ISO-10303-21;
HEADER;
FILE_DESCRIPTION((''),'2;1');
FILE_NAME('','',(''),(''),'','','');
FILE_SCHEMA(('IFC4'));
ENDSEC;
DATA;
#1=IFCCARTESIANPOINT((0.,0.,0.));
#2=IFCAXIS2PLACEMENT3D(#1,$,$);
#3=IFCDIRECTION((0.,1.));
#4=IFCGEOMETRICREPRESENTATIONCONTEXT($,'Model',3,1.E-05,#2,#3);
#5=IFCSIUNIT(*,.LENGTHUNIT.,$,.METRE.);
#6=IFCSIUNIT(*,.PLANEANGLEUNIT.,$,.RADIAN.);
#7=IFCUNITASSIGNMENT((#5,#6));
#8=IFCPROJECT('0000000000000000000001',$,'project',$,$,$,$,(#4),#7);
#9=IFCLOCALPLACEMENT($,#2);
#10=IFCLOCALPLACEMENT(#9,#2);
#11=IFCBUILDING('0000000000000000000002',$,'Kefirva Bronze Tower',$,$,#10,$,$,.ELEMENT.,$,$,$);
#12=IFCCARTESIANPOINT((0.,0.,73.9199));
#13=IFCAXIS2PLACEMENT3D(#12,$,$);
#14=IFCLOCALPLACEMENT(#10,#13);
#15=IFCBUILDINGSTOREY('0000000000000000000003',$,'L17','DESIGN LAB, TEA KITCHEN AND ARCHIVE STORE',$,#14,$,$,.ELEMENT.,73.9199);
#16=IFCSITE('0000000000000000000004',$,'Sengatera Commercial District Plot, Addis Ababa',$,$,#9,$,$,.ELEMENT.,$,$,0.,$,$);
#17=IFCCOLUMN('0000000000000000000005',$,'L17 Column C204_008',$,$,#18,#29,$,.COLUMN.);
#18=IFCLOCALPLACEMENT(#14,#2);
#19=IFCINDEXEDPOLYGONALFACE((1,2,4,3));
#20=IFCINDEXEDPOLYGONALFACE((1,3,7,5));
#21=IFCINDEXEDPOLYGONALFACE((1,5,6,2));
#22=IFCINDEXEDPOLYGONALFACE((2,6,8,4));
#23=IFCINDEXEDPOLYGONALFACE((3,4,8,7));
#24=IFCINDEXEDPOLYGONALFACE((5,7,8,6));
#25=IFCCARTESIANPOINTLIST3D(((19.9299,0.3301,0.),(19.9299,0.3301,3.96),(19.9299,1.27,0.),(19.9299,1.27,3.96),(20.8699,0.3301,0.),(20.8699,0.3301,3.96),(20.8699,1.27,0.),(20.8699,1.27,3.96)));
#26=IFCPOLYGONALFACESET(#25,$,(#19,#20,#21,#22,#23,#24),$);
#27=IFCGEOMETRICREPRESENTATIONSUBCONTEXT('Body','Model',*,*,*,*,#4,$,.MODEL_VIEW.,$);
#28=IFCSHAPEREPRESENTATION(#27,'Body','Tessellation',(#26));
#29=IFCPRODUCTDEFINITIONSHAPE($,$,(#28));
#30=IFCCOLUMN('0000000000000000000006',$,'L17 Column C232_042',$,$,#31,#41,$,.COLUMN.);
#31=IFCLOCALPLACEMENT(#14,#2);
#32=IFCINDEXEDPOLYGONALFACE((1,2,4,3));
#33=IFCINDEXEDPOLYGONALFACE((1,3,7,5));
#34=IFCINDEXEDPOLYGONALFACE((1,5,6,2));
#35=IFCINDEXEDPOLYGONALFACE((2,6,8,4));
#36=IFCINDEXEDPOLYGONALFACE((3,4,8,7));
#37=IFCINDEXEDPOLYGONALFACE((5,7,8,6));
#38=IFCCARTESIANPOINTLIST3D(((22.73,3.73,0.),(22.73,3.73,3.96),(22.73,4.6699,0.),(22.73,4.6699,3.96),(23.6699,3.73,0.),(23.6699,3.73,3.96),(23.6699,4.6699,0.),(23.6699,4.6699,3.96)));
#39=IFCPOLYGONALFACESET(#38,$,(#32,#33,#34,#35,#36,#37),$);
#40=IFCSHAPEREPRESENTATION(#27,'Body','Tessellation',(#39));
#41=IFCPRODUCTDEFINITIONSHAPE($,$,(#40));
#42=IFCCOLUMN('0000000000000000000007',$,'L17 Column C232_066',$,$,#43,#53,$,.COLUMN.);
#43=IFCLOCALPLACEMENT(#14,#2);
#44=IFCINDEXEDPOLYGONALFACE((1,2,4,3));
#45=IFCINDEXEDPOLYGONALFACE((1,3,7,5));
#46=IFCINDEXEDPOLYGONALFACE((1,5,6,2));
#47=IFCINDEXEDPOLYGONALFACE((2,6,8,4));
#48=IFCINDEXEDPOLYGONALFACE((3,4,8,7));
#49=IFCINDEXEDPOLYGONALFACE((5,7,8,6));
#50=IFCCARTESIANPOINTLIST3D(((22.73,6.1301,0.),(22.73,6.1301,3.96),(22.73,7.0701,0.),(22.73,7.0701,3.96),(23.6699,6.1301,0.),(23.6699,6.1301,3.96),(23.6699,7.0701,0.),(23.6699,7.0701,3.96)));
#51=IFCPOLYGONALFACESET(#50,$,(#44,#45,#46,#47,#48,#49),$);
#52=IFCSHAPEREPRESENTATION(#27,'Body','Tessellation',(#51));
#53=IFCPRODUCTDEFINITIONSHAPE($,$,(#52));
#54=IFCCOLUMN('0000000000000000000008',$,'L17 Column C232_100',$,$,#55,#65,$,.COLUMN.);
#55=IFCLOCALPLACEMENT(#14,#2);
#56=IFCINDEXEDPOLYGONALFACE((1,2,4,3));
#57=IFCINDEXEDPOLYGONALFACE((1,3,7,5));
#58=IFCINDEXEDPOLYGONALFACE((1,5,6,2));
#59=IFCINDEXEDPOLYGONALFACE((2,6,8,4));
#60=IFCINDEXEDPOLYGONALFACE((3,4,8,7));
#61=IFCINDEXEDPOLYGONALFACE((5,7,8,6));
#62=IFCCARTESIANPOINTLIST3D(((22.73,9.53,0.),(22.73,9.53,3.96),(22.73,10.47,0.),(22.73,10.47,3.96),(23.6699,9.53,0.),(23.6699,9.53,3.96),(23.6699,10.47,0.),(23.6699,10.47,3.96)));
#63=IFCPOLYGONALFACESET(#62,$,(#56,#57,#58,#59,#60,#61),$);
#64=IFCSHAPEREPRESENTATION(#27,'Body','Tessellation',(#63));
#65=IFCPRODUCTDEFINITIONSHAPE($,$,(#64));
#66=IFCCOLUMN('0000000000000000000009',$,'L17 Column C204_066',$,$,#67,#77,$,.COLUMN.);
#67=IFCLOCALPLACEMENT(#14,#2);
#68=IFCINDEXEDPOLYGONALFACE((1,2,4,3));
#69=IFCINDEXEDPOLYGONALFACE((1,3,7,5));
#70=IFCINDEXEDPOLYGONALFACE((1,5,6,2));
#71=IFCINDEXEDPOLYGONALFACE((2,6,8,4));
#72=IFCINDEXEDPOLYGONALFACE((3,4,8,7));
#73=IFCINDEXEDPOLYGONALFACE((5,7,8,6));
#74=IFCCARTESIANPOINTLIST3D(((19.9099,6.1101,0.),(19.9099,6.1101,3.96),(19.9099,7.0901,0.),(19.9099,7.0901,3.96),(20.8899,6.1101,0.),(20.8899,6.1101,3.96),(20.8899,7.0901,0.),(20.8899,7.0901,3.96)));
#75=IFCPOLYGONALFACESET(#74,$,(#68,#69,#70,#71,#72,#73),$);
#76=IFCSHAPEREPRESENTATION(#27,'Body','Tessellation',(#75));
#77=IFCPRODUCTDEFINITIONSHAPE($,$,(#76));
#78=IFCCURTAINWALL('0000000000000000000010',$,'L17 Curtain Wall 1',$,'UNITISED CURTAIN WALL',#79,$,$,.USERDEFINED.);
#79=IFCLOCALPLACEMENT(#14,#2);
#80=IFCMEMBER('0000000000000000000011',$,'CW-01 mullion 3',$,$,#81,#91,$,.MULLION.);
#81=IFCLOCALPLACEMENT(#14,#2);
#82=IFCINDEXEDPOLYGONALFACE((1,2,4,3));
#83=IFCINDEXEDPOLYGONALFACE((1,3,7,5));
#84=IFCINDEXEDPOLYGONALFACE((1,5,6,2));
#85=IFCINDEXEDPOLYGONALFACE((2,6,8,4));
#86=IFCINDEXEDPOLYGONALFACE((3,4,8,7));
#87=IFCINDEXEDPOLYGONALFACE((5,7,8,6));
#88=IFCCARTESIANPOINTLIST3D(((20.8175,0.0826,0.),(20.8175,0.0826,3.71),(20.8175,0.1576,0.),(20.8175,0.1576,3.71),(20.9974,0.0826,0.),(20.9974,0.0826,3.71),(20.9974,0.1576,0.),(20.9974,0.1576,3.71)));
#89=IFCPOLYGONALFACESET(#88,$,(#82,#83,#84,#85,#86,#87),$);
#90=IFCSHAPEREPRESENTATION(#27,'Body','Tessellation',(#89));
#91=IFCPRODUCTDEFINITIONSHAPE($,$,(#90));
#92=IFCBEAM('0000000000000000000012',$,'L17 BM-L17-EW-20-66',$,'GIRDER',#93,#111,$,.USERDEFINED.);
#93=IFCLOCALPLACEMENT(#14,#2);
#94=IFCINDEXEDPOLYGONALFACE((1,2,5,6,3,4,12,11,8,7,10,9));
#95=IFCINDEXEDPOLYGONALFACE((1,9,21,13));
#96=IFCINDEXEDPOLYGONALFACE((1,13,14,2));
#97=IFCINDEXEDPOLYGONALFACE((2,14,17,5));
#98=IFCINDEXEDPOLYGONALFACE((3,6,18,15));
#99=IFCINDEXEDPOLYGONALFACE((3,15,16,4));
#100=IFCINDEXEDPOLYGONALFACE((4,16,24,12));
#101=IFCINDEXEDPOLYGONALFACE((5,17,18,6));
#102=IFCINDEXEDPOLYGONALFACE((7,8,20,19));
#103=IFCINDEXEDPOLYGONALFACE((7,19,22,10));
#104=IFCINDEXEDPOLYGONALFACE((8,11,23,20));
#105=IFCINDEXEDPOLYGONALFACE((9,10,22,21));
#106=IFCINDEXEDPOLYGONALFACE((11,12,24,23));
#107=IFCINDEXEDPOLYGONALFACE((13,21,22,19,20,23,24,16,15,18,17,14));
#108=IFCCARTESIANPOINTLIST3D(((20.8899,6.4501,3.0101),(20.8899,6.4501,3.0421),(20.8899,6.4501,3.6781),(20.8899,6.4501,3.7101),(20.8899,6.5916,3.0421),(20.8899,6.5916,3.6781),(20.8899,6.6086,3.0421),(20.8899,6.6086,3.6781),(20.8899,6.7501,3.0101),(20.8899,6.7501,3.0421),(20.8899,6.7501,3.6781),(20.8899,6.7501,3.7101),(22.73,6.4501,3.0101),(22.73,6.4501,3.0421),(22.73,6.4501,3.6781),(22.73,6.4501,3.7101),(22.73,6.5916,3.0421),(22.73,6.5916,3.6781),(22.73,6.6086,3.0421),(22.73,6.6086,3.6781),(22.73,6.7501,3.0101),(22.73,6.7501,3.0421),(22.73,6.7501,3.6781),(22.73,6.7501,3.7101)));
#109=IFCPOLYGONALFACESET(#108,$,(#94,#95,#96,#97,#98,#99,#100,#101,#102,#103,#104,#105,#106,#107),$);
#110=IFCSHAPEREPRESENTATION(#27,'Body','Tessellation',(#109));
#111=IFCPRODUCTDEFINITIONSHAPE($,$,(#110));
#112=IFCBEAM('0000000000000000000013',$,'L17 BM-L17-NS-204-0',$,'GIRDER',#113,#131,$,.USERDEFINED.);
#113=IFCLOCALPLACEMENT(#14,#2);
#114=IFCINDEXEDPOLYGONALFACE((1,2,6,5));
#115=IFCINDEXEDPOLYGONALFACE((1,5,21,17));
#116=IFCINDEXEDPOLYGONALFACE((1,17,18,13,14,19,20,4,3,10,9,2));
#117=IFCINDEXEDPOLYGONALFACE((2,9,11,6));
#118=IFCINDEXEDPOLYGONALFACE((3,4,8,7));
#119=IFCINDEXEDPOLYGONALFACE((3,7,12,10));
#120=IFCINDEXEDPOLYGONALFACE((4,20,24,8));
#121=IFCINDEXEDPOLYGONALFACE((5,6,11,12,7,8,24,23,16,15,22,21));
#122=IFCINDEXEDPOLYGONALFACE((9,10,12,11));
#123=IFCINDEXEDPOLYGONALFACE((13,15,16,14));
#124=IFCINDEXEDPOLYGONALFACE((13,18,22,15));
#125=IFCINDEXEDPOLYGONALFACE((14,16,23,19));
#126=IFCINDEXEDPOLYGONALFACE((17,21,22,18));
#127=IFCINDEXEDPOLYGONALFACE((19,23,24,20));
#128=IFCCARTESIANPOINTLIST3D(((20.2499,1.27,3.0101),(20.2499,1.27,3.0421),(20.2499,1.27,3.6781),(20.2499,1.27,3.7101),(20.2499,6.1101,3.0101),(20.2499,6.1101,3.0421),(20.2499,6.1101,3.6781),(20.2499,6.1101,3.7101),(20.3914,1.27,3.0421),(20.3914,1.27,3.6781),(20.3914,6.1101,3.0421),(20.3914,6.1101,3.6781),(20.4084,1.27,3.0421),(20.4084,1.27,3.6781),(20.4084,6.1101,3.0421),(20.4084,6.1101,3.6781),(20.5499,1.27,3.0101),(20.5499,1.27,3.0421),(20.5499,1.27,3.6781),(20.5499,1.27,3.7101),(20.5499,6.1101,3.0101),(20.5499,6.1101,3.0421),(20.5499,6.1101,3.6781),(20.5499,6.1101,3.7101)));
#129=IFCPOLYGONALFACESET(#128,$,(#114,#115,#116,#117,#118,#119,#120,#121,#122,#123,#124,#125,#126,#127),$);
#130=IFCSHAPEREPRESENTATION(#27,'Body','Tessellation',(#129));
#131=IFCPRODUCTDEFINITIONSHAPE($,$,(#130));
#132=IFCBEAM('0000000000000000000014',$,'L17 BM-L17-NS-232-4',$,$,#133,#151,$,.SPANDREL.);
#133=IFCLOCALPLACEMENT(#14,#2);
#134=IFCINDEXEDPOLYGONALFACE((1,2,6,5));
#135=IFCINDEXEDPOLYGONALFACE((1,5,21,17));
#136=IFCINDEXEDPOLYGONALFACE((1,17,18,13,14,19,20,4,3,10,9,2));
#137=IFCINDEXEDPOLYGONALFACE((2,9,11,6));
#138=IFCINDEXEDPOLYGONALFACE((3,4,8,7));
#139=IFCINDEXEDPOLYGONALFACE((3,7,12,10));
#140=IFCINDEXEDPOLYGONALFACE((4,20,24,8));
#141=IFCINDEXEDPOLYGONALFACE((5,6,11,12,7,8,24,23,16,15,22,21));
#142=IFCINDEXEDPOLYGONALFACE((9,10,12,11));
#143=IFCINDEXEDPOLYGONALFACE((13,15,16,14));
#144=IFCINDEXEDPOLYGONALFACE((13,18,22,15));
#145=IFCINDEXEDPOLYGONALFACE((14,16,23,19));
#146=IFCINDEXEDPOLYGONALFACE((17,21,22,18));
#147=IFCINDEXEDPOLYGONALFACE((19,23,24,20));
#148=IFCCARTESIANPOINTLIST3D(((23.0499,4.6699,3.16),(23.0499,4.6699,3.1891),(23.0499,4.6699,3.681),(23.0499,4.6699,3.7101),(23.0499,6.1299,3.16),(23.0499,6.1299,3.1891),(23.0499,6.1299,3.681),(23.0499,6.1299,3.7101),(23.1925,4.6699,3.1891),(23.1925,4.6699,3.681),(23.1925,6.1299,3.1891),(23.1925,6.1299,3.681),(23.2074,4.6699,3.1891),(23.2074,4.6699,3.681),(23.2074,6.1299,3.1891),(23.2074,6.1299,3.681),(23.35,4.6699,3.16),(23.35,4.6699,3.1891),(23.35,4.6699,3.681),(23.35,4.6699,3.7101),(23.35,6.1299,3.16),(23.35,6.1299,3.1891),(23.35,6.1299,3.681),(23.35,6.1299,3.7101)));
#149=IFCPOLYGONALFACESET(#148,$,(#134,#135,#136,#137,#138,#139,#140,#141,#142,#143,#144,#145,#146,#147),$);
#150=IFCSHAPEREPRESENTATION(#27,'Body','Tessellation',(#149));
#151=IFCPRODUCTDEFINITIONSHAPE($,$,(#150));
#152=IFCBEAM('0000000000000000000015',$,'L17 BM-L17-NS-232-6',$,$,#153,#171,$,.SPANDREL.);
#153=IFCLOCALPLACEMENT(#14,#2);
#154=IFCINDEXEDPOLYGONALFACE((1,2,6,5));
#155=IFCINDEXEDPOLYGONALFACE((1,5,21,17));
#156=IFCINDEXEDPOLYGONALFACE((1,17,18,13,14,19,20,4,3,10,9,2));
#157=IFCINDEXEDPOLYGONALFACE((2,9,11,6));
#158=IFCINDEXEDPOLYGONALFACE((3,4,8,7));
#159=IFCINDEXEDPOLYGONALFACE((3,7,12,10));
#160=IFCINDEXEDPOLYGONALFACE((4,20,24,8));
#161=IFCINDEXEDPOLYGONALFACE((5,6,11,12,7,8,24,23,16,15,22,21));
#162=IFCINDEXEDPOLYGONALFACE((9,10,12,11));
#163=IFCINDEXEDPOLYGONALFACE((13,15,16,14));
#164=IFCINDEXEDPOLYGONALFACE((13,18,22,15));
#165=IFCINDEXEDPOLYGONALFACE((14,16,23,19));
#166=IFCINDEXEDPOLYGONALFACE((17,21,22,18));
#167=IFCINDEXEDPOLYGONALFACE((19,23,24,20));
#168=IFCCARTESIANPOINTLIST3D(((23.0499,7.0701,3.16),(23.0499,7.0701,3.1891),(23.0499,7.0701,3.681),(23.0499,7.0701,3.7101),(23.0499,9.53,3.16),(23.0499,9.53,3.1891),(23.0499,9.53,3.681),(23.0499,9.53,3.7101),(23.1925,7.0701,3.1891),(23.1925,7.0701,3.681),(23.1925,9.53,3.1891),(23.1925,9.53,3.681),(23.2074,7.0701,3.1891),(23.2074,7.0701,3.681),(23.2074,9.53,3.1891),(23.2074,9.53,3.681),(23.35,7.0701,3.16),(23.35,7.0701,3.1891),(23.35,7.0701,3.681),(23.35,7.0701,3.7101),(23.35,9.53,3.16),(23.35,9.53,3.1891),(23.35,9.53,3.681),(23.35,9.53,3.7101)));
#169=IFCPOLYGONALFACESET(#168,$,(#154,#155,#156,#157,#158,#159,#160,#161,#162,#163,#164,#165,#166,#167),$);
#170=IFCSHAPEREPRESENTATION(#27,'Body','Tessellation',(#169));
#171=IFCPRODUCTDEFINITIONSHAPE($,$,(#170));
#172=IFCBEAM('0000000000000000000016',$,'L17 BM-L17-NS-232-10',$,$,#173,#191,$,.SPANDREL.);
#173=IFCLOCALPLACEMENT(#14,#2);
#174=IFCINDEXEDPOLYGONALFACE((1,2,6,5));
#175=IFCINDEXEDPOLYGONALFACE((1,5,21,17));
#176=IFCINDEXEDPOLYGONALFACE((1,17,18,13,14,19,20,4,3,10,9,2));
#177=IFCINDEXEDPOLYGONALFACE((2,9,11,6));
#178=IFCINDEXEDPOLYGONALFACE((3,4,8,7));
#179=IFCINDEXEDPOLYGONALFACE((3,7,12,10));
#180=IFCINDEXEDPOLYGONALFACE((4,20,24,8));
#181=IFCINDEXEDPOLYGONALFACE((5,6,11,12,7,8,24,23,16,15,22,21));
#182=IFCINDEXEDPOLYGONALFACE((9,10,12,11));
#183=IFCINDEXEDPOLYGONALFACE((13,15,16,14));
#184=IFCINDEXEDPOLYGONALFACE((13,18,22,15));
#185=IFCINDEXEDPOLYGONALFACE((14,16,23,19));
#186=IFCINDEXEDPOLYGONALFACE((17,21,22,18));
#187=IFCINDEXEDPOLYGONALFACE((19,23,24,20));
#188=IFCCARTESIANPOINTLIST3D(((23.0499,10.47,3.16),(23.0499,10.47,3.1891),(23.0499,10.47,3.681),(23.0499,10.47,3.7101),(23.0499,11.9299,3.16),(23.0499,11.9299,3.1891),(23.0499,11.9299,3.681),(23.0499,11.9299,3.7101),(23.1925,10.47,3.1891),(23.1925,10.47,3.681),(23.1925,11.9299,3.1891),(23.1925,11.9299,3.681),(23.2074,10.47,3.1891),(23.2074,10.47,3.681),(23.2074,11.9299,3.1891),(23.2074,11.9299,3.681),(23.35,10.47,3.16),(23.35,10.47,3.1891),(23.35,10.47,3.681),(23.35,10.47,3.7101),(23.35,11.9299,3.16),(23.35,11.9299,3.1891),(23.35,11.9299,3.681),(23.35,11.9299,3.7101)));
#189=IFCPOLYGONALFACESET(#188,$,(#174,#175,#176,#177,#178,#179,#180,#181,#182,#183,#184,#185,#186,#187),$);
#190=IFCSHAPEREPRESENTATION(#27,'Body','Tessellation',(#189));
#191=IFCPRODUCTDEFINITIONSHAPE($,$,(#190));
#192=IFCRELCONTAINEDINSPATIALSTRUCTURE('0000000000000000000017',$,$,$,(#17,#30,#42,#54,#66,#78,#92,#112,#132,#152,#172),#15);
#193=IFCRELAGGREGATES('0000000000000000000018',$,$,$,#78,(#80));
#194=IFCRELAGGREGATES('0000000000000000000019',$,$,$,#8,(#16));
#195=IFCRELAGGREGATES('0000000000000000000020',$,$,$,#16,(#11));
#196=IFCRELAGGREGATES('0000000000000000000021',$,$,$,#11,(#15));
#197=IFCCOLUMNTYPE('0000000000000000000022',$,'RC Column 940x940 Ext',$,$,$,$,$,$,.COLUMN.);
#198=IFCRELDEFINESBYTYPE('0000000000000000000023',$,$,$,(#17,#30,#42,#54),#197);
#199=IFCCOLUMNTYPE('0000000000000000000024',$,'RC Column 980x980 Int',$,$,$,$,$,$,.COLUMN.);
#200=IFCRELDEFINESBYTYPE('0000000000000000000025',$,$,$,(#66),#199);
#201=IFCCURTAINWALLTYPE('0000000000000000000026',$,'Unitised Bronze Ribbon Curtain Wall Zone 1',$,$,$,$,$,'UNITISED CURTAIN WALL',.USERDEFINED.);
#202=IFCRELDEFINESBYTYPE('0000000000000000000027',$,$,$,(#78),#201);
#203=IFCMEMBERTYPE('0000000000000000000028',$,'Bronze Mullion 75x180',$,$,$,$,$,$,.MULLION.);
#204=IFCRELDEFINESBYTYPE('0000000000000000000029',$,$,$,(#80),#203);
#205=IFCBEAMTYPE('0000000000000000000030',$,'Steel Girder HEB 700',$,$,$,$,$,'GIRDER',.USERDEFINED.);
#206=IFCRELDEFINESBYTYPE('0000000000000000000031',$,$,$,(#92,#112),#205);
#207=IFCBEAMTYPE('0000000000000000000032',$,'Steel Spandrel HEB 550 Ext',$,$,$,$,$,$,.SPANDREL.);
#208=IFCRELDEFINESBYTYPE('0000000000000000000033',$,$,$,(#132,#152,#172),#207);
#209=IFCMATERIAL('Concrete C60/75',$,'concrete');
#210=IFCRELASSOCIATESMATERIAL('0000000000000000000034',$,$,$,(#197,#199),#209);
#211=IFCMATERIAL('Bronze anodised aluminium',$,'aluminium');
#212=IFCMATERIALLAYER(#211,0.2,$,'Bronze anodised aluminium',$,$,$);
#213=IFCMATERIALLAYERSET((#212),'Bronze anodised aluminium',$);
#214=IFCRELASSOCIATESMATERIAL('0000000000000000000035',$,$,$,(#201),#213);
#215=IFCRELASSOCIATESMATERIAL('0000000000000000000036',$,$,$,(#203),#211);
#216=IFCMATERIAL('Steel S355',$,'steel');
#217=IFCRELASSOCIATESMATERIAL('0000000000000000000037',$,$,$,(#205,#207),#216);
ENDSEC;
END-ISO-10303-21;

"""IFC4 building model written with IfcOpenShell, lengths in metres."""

from ifc_helpers import new_model, si_unit, direction, frame, origin, origin_2d, place, context, subcontext, project, spatial, rectangle, i_section, extrude, material, layer, layer_set, material_profile, profile_set, type_object, element, aggregate, save


model = new_model("IFC4")

# Units and contexts
model_context = context("Model", 3, precision=1e-05, world=origin(), true_north=direction((0.0, 1.0)))
body_context = subcontext(model_context, "Body", "Model", "MODEL_VIEW")
ifc_project = project(units=[si_unit("LENGTHUNIT", "METRE"), si_unit("PLANEANGLEUNIT", "RADIAN")], contexts=[model_context])

# Site, building, storey
site_placement = place(None, origin())
site = spatial("IfcSite", under=ifc_project, at=site_placement, Name="Sengatera Commercial District Plot, Addis Ababa", CompositionType="ELEMENT", RefElevation=0.0)
building_placement = place(site_placement, origin())
building = spatial("IfcBuilding", under=site, at=building_placement, Name="Kefirva Bronze Tower", CompositionType="ELEMENT")
storey_placement = place(building_placement, frame((0.0, 0.0, 73.9199)))
storey = spatial("IfcBuildingStorey", under=building, at=storey_placement, Name="L17", Description="DESIGN LAB, TEA KITCHEN AND ARCHIVE STORE", CompositionType="ELEMENT", Elevation=73.9199)

# Columns
ifc_material_1 = material(Name="Concrete C60/75", Category="concrete")
ifc_material_profile_1 = material_profile(ifc_material_1, rectangle(XDim=0.9399, YDim=0.9399, at=origin_2d()), Name="RC 940x940")
ifc_profile_set_1 = profile_set([ifc_material_profile_1], Name="Concrete C60/75")
column_type_1 = type_object("IfcColumnType", Name="RC Column 940x940 Ext", PredefinedType="COLUMN", material=ifc_profile_set_1)
for number, where, z_axis, x_axis, name in (
    (1, (20.3999, 0.8, 0.0), (0.0, 0.0, 1.0), (1.0, 0.0, 0.0), "L17 Column C204_008"),
    (2, (23.2, 4.2, 0.0), (0.0, 0.0, 1.0), (1.0, 0.0, 0.0), "L17 Column C232_042"),
    (3, (23.2, 6.6001, 0.0), (0.0, 0.0, 1.0), (1.0, 0.0, 0.0), "L17 Column C232_066"),
    (4, (23.2, 10.0, 0.0), (0.0, 0.0, 1.0), (1.0, 0.0, 0.0), "L17 Column C232_100"),
):
    element("IfcColumn", number, at=place(storey_placement, frame(where, z_axis=z_axis, x_axis=x_axis)), inside=storey, type_object=column_type_1, Name=name, PredefinedType="COLUMN", context=body_context, shape_type="SweptSolid", body=[
        extrude(rectangle(XDim=0.9399, YDim=0.9399, at=origin_2d()), origin(), (0.0, 0.0, 1.0), 3.96),
    ])
ifc_material_profile_2 = material_profile(ifc_material_1, rectangle(XDim=0.98, YDim=0.98, at=origin_2d()), Name="RC 980x980")
ifc_profile_set_2 = profile_set([ifc_material_profile_2], Name="Concrete C60/75")
column_type_2 = type_object("IfcColumnType", Name="RC Column 980x980 Int", PredefinedType="COLUMN", material=ifc_profile_set_2)
column_placement = place(storey_placement, frame((20.3999, 6.6001, 0.0), z_axis=(0.0, 0.0, 1.0), x_axis=(1.0, 0.0, 0.0)))
element("IfcColumn", 5, at=column_placement, inside=storey, type_object=column_type_2, Name="L17 Column C204_066", PredefinedType="COLUMN", context=body_context, shape_type="SweptSolid", body=[
    extrude(rectangle(XDim=0.98, YDim=0.98, at=origin_2d()), origin(), (0.0, 0.0, 1.0), 3.96),
])

# Curtain wall, member
ifc_material_2 = material(Name="Bronze anodised aluminium", Category="aluminium")
ifc_layer_1 = layer(ifc_material_2, 0.2, Name="Bronze anodised aluminium")
ifc_layer_set_1 = layer_set([ifc_layer_1], Name="Bronze anodised aluminium")
curtain_wall_type = type_object("IfcCurtainWallType", Name="Unitised Bronze Ribbon Curtain Wall Zone 1", ElementType="UNITISED CURTAIN WALL", PredefinedType="USERDEFINED", material=ifc_layer_set_1)
curtain_wall_placement = place(storey_placement, origin())
curtain_wall = element("IfcCurtainWall", 6, at=curtain_wall_placement, inside=storey, type_object=curtain_wall_type, Name="L17 Curtain Wall 1", ObjectType="UNITISED CURTAIN WALL", PredefinedType="USERDEFINED")
ifc_material_profile_3 = material_profile(ifc_material_2, rectangle(XDim=0.075, YDim=0.1799, at=origin_2d()), Name="ALU 75x180")
ifc_profile_set_3 = profile_set([ifc_material_profile_3], Name="Bronze anodised aluminium")
member_type = type_object("IfcMemberType", Name="Bronze Mullion 75x180", PredefinedType="MULLION", material=ifc_profile_set_3)
member_placement = place(storey_placement, frame((20.9075, 0.1201, 0.0), z_axis=(0.0, 0.0, 1.0), x_axis=(0.0, 1.0, 0.0)))
member = element("IfcMember", 7, at=member_placement, type_object=member_type, Name="CW-01 mullion 3", PredefinedType="MULLION", context=body_context, shape_type="SweptSolid", body=[
    extrude(rectangle(XDim=0.075, YDim=0.1799, at=origin_2d()), origin(), (0.0, 0.0, 1.0), 3.71),
])
aggregate(curtain_wall, [member])

# Beams
ifc_material_3 = material(Name="Steel S355", Category="steel")
ifc_material_profile_4 = material_profile(ifc_material_3, i_section(OverallWidth=0.3, OverallDepth=0.7, WebThickness=0.0171, FlangeThickness=0.032, at=origin_2d()), Name="HEB 700")
ifc_profile_set_4 = profile_set([ifc_material_profile_4], Name="Steel S355")
beam_type_1 = type_object("IfcBeamType", Name="Steel Girder HEB 700", ElementType="GIRDER", PredefinedType="USERDEFINED", material=ifc_profile_set_4)
beam_1_placement = place(storey_placement, frame((20.8899, 6.6001, 3.3601), z_axis=(1.0, 0.0, 0.0), x_axis=(0.0, 1.0, 0.0)))
element("IfcBeam", 8, at=beam_1_placement, inside=storey, type_object=beam_type_1, Name="L17 BM-L17-EW-20-66", ObjectType="GIRDER", PredefinedType="USERDEFINED", context=body_context, shape_type="SweptSolid", body=[
    extrude(i_section(OverallWidth=0.3, OverallDepth=0.7, WebThickness=0.0171, FlangeThickness=0.032, at=origin_2d()), origin(), (0.0, 0.0, 1.0), 1.8401),
])
beam_2_placement = place(storey_placement, frame((20.3999, 1.27, 3.3601), z_axis=(0.0, 1.0, 0.0), x_axis=(-1.0, 0.0, 0.0)))
element("IfcBeam", 9, at=beam_2_placement, inside=storey, type_object=beam_type_1, Name="L17 BM-L17-NS-204-0", ObjectType="GIRDER", PredefinedType="USERDEFINED", context=body_context, shape_type="SweptSolid", body=[
    extrude(i_section(OverallWidth=0.3, OverallDepth=0.7, WebThickness=0.0171, FlangeThickness=0.032, at=origin_2d()), origin(), (0.0, 0.0, 1.0), 4.8401),
])
ifc_material_profile_5 = material_profile(ifc_material_3, i_section(OverallWidth=0.3, OverallDepth=0.55, WebThickness=0.0149, FlangeThickness=0.0291, at=origin_2d()), Name="HEB 550")
ifc_profile_set_5 = profile_set([ifc_material_profile_5], Name="Steel S355")
beam_type_2 = type_object("IfcBeamType", Name="Steel Spandrel HEB 550 Ext", PredefinedType="SPANDREL", material=ifc_profile_set_5)
beam_3_placement = place(storey_placement, frame((23.2, 4.6699, 3.4351), z_axis=(0.0, 1.0, 0.0), x_axis=(-1.0, 0.0, 0.0)))
element("IfcBeam", 10, at=beam_3_placement, inside=storey, type_object=beam_type_2, Name="L17 BM-L17-NS-232-4", PredefinedType="SPANDREL", context=body_context, shape_type="SweptSolid", body=[
    extrude(i_section(OverallWidth=0.3, OverallDepth=0.55, WebThickness=0.0149, FlangeThickness=0.0291, at=origin_2d()), origin(), (0.0, 0.0, 1.0), 1.46),
])
beam_4_placement = place(storey_placement, frame((23.2, 7.0701, 3.4351), z_axis=(0.0, 1.0, 0.0), x_axis=(-1.0, 0.0, 0.0)))
element("IfcBeam", 11, at=beam_4_placement, inside=storey, type_object=beam_type_2, Name="L17 BM-L17-NS-232-6", PredefinedType="SPANDREL", context=body_context, shape_type="SweptSolid", body=[
    extrude(i_section(OverallWidth=0.3, OverallDepth=0.55, WebThickness=0.0149, FlangeThickness=0.0291, at=origin_2d()), origin(), (0.0, 0.0, 1.0), 2.46),
])
beam_5_placement = place(storey_placement, frame((23.2, 10.47, 3.4351), z_axis=(0.0, 1.0, 0.0), x_axis=(-1.0, 0.0, 0.0)))
element("IfcBeam", 12, at=beam_5_placement, inside=storey, type_object=beam_type_2, Name="L17 BM-L17-NS-232-10", PredefinedType="SPANDREL", context=body_context, shape_type="SweptSolid", body=[
    extrude(i_section(OverallWidth=0.3, OverallDepth=0.55, WebThickness=0.0149, FlangeThickness=0.0291, at=origin_2d()), origin(), (0.0, 0.0, 1.0), 1.46),
])

save(model, "model.ifc")
